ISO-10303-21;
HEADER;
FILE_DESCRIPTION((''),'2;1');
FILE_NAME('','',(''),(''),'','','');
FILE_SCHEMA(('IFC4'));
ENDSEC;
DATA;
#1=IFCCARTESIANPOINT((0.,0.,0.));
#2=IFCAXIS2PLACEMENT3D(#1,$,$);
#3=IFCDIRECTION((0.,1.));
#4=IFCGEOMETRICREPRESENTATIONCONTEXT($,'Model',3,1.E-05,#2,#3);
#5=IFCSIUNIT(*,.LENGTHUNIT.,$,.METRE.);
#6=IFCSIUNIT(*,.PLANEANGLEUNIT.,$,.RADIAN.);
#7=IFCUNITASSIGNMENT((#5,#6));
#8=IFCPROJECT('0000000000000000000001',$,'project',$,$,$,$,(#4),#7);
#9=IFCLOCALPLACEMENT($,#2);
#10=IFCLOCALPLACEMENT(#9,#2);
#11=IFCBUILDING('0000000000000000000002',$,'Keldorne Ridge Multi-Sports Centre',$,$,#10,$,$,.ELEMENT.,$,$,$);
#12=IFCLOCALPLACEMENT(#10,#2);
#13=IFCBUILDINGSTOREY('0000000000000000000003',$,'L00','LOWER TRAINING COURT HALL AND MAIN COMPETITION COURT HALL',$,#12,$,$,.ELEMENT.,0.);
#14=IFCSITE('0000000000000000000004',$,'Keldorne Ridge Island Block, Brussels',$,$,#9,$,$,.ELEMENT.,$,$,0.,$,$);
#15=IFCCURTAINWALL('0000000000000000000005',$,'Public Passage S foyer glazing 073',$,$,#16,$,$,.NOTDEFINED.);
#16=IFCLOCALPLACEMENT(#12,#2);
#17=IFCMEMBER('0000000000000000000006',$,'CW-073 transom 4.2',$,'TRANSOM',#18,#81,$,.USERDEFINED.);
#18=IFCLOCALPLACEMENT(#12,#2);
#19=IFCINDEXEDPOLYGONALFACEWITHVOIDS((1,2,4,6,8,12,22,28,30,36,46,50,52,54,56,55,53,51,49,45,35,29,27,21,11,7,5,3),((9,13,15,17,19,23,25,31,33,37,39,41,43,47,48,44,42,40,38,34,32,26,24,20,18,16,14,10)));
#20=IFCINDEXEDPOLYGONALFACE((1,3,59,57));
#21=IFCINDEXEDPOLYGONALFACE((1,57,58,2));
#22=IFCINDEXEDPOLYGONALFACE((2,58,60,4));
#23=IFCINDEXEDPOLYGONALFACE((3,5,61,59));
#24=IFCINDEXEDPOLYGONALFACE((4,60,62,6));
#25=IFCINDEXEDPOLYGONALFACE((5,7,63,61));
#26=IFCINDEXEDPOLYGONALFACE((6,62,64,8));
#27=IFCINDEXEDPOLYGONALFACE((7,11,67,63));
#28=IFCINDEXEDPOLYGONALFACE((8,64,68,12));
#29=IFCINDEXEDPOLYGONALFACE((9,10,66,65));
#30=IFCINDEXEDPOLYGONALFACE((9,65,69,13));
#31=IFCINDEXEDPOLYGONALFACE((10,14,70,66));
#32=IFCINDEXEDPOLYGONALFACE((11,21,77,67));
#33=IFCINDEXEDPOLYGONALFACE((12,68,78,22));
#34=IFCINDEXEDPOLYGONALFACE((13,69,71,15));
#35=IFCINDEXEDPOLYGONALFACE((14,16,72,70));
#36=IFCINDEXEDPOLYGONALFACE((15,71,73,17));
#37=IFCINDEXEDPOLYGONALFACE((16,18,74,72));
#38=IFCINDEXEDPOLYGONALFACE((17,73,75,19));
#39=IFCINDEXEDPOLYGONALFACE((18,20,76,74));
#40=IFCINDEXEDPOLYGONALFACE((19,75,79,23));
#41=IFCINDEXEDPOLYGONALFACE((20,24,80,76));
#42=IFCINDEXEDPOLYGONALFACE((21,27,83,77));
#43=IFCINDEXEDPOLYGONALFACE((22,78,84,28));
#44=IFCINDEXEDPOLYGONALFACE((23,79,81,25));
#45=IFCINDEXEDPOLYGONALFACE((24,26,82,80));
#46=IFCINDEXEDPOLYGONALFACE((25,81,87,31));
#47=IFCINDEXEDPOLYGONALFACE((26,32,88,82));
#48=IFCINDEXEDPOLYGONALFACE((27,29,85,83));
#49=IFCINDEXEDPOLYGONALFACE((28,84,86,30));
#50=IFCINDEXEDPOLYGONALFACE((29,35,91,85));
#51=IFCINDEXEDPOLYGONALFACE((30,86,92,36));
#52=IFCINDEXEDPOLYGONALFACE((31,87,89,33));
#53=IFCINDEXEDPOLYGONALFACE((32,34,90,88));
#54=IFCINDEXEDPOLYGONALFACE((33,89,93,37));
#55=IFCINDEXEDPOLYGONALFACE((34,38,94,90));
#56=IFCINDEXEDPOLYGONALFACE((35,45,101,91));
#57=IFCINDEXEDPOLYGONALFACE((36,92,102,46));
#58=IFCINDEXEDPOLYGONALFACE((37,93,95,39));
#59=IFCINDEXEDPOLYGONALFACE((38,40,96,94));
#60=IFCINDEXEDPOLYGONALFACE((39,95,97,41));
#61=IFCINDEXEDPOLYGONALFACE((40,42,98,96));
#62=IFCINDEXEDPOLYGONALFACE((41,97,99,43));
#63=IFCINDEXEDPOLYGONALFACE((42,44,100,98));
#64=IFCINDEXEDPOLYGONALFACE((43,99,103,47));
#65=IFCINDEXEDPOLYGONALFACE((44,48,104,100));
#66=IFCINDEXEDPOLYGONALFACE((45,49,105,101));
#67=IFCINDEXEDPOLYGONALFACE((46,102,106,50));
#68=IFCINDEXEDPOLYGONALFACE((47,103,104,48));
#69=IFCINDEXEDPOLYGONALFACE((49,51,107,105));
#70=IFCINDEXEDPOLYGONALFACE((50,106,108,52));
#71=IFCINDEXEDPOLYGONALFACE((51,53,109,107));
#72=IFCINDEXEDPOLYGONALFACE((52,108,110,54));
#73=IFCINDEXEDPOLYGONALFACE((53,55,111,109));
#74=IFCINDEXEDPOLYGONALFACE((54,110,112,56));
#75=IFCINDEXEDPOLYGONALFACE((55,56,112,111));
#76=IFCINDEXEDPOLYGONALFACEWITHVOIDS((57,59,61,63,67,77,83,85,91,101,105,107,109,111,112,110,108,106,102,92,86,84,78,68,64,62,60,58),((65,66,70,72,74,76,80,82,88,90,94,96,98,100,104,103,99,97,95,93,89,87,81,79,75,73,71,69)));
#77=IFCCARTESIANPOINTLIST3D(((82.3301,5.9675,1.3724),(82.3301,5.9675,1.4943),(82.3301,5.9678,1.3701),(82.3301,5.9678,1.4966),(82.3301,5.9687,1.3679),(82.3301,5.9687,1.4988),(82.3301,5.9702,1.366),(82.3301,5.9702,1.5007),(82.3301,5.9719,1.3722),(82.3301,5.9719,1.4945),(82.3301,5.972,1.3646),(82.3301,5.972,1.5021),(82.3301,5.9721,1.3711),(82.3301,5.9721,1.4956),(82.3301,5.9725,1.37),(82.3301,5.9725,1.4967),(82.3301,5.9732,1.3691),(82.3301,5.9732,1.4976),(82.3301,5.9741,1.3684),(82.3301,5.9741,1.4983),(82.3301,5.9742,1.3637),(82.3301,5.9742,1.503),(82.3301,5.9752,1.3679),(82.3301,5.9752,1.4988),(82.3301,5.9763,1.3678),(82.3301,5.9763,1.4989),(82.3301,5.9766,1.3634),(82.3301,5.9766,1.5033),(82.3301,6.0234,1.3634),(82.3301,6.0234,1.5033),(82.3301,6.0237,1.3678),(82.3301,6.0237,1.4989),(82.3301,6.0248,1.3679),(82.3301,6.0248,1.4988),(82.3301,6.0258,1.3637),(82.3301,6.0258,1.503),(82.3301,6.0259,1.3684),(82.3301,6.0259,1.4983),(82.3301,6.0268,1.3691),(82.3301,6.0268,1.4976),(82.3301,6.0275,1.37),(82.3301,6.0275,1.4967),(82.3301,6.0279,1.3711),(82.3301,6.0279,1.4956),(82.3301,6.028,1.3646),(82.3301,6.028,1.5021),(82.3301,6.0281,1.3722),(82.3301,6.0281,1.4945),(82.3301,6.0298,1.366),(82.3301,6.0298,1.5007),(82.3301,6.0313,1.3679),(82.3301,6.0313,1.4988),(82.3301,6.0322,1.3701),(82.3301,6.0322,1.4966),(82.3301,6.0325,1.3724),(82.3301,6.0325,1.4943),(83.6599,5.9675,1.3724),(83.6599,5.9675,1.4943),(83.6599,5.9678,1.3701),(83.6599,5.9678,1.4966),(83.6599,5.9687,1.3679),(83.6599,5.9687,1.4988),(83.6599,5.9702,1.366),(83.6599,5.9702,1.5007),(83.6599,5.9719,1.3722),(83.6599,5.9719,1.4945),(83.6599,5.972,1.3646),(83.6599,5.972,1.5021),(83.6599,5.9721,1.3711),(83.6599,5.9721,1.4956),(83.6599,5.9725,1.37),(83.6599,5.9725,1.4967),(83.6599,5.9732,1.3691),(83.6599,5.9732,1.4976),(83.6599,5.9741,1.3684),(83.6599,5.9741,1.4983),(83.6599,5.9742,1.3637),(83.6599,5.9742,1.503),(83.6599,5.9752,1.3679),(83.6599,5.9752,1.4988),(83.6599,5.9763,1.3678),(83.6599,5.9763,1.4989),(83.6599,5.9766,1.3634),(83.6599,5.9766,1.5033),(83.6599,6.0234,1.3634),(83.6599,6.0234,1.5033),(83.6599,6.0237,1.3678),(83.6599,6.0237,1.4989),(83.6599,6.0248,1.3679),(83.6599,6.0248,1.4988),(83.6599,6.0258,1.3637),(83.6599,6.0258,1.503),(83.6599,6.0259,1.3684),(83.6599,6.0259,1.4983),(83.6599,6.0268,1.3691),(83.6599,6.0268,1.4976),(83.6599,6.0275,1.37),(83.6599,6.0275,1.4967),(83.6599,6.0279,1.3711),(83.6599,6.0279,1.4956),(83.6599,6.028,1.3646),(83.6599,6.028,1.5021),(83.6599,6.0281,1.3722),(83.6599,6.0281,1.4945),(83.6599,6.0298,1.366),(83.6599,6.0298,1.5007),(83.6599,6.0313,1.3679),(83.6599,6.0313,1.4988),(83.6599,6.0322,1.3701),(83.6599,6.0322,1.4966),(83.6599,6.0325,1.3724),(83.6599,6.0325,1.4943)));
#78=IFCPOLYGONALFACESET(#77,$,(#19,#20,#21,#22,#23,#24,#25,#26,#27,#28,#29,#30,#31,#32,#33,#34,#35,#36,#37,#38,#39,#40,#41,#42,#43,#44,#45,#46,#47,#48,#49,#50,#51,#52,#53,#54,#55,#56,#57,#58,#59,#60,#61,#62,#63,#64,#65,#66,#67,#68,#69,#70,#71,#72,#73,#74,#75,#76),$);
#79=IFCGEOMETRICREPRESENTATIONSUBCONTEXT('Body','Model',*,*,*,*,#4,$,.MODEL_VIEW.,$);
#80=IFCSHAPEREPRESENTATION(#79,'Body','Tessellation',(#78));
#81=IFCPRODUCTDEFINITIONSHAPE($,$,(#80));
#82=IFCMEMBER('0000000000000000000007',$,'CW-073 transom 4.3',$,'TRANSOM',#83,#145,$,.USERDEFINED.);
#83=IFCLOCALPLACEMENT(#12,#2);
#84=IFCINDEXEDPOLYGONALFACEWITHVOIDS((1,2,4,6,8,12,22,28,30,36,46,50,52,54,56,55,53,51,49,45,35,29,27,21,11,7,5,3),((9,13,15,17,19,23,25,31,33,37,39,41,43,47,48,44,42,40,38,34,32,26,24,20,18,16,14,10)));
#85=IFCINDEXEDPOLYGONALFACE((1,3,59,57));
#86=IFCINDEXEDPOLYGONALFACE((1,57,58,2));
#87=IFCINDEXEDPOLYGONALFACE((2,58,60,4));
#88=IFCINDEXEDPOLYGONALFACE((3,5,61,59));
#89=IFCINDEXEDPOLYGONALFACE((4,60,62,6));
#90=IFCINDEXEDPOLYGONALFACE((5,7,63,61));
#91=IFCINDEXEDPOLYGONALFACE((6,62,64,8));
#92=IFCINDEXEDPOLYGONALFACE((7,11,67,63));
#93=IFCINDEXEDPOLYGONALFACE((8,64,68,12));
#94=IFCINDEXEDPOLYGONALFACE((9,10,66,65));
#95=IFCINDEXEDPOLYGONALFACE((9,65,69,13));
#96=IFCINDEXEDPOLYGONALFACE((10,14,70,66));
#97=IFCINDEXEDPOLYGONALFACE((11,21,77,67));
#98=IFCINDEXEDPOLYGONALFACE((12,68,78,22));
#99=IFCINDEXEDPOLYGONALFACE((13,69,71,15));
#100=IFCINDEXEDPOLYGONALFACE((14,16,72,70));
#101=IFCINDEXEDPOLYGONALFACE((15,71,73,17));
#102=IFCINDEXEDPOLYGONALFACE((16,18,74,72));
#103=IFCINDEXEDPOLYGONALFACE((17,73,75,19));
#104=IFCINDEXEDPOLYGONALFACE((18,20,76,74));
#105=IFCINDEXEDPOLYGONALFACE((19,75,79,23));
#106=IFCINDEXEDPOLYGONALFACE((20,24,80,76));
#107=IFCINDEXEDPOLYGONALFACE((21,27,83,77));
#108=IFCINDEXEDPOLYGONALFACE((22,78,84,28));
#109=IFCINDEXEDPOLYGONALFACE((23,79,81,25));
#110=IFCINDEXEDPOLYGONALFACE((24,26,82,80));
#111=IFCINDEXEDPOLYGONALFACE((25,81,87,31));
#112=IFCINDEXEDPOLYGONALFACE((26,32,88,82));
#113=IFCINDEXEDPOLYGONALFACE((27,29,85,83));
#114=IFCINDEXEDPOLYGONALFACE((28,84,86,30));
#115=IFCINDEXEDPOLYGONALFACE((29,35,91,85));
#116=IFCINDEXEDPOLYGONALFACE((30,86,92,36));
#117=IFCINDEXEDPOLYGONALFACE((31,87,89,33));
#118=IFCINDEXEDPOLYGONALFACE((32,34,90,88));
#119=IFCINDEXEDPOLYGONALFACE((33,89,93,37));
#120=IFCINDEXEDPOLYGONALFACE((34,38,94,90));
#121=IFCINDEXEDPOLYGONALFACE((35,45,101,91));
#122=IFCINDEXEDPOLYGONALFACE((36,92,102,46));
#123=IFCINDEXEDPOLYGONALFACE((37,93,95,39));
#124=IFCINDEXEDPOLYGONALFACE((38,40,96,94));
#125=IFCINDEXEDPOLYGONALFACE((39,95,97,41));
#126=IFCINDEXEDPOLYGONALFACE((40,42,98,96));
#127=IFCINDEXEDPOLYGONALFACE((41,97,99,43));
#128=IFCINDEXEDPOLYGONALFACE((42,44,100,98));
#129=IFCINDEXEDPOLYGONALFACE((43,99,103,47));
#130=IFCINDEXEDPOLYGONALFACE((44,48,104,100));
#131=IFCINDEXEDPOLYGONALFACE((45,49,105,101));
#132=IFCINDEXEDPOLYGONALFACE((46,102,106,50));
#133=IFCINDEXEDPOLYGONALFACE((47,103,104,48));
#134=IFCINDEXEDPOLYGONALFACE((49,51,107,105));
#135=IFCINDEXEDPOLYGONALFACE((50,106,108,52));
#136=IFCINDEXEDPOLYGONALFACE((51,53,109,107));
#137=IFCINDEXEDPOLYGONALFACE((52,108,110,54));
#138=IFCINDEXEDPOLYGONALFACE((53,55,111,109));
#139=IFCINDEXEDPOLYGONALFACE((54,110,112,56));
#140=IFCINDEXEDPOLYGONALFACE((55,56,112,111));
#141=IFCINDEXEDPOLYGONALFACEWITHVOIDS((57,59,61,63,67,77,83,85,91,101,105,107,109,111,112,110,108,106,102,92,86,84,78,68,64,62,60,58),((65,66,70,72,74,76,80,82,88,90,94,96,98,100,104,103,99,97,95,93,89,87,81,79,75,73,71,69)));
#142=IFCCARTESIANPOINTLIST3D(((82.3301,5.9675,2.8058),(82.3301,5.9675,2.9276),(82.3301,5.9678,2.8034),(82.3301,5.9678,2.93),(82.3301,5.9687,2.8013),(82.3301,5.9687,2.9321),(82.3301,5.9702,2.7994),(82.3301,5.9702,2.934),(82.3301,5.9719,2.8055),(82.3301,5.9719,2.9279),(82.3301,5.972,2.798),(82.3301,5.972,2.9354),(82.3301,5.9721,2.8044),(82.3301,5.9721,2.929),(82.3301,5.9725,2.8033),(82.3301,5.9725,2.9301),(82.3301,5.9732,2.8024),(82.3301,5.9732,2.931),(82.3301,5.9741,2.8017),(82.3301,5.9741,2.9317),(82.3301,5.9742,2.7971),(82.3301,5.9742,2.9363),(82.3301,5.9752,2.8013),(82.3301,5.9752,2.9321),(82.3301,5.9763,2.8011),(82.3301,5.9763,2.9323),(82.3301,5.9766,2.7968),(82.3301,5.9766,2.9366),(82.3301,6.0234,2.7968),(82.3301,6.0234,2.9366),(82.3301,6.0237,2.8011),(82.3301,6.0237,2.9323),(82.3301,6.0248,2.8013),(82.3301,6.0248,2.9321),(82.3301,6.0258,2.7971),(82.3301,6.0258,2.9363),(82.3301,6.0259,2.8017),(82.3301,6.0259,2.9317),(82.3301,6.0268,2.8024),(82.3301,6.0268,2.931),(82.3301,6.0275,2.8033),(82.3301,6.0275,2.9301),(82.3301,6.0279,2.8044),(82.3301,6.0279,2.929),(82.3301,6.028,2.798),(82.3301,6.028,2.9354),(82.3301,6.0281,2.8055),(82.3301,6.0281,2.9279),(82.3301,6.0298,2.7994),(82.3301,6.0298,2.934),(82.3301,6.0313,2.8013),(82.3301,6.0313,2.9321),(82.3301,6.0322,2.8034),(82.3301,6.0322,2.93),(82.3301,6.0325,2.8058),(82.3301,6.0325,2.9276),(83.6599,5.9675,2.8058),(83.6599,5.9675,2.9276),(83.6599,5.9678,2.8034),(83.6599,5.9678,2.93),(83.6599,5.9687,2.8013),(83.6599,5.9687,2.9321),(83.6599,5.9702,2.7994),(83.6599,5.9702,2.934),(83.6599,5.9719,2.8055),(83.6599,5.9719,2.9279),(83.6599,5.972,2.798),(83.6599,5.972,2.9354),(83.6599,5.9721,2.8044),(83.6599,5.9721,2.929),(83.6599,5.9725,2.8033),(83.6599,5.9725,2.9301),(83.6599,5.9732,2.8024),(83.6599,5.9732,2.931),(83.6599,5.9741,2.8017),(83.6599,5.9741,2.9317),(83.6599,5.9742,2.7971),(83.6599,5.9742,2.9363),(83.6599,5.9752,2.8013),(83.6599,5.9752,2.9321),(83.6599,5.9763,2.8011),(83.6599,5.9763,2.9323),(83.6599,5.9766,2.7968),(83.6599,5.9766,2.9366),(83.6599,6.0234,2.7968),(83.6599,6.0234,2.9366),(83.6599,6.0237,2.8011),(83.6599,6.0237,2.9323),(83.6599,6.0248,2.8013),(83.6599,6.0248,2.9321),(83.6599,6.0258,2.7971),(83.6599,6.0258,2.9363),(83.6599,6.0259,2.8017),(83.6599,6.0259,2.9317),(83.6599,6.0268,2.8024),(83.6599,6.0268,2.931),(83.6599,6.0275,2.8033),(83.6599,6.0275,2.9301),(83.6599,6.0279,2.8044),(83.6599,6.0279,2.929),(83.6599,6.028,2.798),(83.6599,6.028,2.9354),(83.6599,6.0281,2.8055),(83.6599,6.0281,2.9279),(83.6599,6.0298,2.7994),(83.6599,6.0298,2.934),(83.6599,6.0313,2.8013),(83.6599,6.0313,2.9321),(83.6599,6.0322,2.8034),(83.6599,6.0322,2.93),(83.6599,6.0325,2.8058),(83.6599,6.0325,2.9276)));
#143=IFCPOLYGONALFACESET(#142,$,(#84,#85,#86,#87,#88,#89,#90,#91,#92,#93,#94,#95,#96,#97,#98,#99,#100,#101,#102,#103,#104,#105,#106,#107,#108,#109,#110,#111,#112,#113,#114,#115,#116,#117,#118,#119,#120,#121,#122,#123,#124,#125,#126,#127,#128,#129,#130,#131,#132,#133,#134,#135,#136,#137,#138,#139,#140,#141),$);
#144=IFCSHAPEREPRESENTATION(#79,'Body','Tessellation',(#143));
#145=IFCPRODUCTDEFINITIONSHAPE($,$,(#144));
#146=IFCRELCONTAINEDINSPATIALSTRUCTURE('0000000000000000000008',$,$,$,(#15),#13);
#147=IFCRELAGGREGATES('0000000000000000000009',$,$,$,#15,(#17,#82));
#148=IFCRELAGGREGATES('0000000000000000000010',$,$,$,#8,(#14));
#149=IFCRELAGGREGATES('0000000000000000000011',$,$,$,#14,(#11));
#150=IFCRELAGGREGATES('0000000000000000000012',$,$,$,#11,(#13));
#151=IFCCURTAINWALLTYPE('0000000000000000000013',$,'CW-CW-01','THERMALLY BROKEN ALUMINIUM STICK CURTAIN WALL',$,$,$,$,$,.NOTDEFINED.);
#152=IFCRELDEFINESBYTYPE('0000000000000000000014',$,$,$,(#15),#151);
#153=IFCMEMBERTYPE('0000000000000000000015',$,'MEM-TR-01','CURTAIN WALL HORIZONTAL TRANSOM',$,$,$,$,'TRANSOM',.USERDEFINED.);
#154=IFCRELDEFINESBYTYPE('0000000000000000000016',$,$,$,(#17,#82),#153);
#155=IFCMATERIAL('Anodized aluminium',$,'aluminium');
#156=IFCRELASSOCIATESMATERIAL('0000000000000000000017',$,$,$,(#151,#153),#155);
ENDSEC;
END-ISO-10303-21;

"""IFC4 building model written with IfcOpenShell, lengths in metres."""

from ifc_helpers import new_model, si_unit, direction, frame, origin, origin_2d, place, context, subcontext, project, spatial, hollow_rectangle, extrude, material, material_profile, profile_set, type_object, element, aggregate, save


model = new_model("IFC4")

# Units and contexts
model_context = context("Model", 3, precision=1e-05, world=origin(), true_north=direction((0.0, 1.0)))
body_context = subcontext(model_context, "Body", "Model", "MODEL_VIEW")
ifc_project = project(units=[si_unit("LENGTHUNIT", "METRE"), si_unit("PLANEANGLEUNIT", "RADIAN")], contexts=[model_context])

# Site, building, storey
site_placement = place(None, origin())
site = spatial("IfcSite", under=ifc_project, at=site_placement, Name="Keldorne Ridge Island Block, Brussels", CompositionType="ELEMENT", RefElevation=0.0)
building_placement = place(site_placement, origin())
building = spatial("IfcBuilding", under=site, at=building_placement, Name="Keldorne Ridge Multi-Sports Centre", CompositionType="ELEMENT")
storey_placement = place(building_placement, origin())
storey = spatial("IfcBuildingStorey", under=building, at=storey_placement, Name="L00", Description="LOWER TRAINING COURT HALL AND MAIN COMPETITION COURT HALL", CompositionType="ELEMENT", Elevation=0.0)

# Curtain wall
ifc_material_1 = material(Name="Anodized aluminium", Category="aluminium")
curtain_wall_type_1 = type_object("IfcCurtainWallType", Name="CW-CW-01", Description="THERMALLY BROKEN ALUMINIUM STICK CURTAIN WALL", PredefinedType="NOTDEFINED", material=ifc_material_1)
curtain_wall_1_placement = place(storey_placement, origin())
curtain_wall_1 = element("IfcCurtainWall", 1, at=curtain_wall_1_placement, inside=storey, type_object=curtain_wall_type_1, Name="Public Passage S foyer glazing 073", PredefinedType="NOTDEFINED")

# Members
ifc_material_profile_1 = material_profile(ifc_material_1, hollow_rectangle(XDim=0.0649, YDim=0.1399, WallThickness=0.0044, InnerFilletRadius=0.0044, OuterFilletRadius=0.009, at=origin_2d()), Name="ALU TRANSOM 140x65x4.5")
ifc_profile_set_1 = profile_set([ifc_material_profile_1], Name="Anodized aluminium")
member_type_1 = type_object("IfcMemberType", Name="MEM-TR-01", Description="CURTAIN WALL HORIZONTAL TRANSOM", ElementType="TRANSOM", PredefinedType="USERDEFINED", material=ifc_profile_set_1)
member_1_placement = place(storey_placement, frame((82.3301, 6.0, 1.4333), z_axis=(1.0, 0.0, 0.0), x_axis=(0.0, 1.0, 0.0)))
member_1 = element("IfcMember", 2, at=member_1_placement, type_object=member_type_1, Name="CW-073 transom 4.2", ObjectType="TRANSOM", PredefinedType="USERDEFINED", context=body_context, shape_type="SweptSolid", body=[
    extrude(hollow_rectangle(XDim=0.0649, YDim=0.1399, WallThickness=0.0044, InnerFilletRadius=0.0044, OuterFilletRadius=0.009, at=origin_2d()), origin(), (0.0, 0.0, 1.0), 1.3298),
])
member_2_placement = place(storey_placement, frame((82.3301, 6.0, 2.8667), z_axis=(1.0, 0.0, 0.0), x_axis=(0.0, 1.0, 0.0)))
member_2 = element("IfcMember", 3, at=member_2_placement, type_object=member_type_1, Name="CW-073 transom 4.3", ObjectType="TRANSOM", PredefinedType="USERDEFINED", context=body_context, shape_type="SweptSolid", body=[
    extrude(hollow_rectangle(XDim=0.0649, YDim=0.1399, WallThickness=0.0044, InnerFilletRadius=0.0044, OuterFilletRadius=0.009, at=origin_2d()), origin(), (0.0, 0.0, 1.0), 1.3298),
])

aggregate(curtain_wall_1, [member_1, member_2])

save(model, "model.ifc")
